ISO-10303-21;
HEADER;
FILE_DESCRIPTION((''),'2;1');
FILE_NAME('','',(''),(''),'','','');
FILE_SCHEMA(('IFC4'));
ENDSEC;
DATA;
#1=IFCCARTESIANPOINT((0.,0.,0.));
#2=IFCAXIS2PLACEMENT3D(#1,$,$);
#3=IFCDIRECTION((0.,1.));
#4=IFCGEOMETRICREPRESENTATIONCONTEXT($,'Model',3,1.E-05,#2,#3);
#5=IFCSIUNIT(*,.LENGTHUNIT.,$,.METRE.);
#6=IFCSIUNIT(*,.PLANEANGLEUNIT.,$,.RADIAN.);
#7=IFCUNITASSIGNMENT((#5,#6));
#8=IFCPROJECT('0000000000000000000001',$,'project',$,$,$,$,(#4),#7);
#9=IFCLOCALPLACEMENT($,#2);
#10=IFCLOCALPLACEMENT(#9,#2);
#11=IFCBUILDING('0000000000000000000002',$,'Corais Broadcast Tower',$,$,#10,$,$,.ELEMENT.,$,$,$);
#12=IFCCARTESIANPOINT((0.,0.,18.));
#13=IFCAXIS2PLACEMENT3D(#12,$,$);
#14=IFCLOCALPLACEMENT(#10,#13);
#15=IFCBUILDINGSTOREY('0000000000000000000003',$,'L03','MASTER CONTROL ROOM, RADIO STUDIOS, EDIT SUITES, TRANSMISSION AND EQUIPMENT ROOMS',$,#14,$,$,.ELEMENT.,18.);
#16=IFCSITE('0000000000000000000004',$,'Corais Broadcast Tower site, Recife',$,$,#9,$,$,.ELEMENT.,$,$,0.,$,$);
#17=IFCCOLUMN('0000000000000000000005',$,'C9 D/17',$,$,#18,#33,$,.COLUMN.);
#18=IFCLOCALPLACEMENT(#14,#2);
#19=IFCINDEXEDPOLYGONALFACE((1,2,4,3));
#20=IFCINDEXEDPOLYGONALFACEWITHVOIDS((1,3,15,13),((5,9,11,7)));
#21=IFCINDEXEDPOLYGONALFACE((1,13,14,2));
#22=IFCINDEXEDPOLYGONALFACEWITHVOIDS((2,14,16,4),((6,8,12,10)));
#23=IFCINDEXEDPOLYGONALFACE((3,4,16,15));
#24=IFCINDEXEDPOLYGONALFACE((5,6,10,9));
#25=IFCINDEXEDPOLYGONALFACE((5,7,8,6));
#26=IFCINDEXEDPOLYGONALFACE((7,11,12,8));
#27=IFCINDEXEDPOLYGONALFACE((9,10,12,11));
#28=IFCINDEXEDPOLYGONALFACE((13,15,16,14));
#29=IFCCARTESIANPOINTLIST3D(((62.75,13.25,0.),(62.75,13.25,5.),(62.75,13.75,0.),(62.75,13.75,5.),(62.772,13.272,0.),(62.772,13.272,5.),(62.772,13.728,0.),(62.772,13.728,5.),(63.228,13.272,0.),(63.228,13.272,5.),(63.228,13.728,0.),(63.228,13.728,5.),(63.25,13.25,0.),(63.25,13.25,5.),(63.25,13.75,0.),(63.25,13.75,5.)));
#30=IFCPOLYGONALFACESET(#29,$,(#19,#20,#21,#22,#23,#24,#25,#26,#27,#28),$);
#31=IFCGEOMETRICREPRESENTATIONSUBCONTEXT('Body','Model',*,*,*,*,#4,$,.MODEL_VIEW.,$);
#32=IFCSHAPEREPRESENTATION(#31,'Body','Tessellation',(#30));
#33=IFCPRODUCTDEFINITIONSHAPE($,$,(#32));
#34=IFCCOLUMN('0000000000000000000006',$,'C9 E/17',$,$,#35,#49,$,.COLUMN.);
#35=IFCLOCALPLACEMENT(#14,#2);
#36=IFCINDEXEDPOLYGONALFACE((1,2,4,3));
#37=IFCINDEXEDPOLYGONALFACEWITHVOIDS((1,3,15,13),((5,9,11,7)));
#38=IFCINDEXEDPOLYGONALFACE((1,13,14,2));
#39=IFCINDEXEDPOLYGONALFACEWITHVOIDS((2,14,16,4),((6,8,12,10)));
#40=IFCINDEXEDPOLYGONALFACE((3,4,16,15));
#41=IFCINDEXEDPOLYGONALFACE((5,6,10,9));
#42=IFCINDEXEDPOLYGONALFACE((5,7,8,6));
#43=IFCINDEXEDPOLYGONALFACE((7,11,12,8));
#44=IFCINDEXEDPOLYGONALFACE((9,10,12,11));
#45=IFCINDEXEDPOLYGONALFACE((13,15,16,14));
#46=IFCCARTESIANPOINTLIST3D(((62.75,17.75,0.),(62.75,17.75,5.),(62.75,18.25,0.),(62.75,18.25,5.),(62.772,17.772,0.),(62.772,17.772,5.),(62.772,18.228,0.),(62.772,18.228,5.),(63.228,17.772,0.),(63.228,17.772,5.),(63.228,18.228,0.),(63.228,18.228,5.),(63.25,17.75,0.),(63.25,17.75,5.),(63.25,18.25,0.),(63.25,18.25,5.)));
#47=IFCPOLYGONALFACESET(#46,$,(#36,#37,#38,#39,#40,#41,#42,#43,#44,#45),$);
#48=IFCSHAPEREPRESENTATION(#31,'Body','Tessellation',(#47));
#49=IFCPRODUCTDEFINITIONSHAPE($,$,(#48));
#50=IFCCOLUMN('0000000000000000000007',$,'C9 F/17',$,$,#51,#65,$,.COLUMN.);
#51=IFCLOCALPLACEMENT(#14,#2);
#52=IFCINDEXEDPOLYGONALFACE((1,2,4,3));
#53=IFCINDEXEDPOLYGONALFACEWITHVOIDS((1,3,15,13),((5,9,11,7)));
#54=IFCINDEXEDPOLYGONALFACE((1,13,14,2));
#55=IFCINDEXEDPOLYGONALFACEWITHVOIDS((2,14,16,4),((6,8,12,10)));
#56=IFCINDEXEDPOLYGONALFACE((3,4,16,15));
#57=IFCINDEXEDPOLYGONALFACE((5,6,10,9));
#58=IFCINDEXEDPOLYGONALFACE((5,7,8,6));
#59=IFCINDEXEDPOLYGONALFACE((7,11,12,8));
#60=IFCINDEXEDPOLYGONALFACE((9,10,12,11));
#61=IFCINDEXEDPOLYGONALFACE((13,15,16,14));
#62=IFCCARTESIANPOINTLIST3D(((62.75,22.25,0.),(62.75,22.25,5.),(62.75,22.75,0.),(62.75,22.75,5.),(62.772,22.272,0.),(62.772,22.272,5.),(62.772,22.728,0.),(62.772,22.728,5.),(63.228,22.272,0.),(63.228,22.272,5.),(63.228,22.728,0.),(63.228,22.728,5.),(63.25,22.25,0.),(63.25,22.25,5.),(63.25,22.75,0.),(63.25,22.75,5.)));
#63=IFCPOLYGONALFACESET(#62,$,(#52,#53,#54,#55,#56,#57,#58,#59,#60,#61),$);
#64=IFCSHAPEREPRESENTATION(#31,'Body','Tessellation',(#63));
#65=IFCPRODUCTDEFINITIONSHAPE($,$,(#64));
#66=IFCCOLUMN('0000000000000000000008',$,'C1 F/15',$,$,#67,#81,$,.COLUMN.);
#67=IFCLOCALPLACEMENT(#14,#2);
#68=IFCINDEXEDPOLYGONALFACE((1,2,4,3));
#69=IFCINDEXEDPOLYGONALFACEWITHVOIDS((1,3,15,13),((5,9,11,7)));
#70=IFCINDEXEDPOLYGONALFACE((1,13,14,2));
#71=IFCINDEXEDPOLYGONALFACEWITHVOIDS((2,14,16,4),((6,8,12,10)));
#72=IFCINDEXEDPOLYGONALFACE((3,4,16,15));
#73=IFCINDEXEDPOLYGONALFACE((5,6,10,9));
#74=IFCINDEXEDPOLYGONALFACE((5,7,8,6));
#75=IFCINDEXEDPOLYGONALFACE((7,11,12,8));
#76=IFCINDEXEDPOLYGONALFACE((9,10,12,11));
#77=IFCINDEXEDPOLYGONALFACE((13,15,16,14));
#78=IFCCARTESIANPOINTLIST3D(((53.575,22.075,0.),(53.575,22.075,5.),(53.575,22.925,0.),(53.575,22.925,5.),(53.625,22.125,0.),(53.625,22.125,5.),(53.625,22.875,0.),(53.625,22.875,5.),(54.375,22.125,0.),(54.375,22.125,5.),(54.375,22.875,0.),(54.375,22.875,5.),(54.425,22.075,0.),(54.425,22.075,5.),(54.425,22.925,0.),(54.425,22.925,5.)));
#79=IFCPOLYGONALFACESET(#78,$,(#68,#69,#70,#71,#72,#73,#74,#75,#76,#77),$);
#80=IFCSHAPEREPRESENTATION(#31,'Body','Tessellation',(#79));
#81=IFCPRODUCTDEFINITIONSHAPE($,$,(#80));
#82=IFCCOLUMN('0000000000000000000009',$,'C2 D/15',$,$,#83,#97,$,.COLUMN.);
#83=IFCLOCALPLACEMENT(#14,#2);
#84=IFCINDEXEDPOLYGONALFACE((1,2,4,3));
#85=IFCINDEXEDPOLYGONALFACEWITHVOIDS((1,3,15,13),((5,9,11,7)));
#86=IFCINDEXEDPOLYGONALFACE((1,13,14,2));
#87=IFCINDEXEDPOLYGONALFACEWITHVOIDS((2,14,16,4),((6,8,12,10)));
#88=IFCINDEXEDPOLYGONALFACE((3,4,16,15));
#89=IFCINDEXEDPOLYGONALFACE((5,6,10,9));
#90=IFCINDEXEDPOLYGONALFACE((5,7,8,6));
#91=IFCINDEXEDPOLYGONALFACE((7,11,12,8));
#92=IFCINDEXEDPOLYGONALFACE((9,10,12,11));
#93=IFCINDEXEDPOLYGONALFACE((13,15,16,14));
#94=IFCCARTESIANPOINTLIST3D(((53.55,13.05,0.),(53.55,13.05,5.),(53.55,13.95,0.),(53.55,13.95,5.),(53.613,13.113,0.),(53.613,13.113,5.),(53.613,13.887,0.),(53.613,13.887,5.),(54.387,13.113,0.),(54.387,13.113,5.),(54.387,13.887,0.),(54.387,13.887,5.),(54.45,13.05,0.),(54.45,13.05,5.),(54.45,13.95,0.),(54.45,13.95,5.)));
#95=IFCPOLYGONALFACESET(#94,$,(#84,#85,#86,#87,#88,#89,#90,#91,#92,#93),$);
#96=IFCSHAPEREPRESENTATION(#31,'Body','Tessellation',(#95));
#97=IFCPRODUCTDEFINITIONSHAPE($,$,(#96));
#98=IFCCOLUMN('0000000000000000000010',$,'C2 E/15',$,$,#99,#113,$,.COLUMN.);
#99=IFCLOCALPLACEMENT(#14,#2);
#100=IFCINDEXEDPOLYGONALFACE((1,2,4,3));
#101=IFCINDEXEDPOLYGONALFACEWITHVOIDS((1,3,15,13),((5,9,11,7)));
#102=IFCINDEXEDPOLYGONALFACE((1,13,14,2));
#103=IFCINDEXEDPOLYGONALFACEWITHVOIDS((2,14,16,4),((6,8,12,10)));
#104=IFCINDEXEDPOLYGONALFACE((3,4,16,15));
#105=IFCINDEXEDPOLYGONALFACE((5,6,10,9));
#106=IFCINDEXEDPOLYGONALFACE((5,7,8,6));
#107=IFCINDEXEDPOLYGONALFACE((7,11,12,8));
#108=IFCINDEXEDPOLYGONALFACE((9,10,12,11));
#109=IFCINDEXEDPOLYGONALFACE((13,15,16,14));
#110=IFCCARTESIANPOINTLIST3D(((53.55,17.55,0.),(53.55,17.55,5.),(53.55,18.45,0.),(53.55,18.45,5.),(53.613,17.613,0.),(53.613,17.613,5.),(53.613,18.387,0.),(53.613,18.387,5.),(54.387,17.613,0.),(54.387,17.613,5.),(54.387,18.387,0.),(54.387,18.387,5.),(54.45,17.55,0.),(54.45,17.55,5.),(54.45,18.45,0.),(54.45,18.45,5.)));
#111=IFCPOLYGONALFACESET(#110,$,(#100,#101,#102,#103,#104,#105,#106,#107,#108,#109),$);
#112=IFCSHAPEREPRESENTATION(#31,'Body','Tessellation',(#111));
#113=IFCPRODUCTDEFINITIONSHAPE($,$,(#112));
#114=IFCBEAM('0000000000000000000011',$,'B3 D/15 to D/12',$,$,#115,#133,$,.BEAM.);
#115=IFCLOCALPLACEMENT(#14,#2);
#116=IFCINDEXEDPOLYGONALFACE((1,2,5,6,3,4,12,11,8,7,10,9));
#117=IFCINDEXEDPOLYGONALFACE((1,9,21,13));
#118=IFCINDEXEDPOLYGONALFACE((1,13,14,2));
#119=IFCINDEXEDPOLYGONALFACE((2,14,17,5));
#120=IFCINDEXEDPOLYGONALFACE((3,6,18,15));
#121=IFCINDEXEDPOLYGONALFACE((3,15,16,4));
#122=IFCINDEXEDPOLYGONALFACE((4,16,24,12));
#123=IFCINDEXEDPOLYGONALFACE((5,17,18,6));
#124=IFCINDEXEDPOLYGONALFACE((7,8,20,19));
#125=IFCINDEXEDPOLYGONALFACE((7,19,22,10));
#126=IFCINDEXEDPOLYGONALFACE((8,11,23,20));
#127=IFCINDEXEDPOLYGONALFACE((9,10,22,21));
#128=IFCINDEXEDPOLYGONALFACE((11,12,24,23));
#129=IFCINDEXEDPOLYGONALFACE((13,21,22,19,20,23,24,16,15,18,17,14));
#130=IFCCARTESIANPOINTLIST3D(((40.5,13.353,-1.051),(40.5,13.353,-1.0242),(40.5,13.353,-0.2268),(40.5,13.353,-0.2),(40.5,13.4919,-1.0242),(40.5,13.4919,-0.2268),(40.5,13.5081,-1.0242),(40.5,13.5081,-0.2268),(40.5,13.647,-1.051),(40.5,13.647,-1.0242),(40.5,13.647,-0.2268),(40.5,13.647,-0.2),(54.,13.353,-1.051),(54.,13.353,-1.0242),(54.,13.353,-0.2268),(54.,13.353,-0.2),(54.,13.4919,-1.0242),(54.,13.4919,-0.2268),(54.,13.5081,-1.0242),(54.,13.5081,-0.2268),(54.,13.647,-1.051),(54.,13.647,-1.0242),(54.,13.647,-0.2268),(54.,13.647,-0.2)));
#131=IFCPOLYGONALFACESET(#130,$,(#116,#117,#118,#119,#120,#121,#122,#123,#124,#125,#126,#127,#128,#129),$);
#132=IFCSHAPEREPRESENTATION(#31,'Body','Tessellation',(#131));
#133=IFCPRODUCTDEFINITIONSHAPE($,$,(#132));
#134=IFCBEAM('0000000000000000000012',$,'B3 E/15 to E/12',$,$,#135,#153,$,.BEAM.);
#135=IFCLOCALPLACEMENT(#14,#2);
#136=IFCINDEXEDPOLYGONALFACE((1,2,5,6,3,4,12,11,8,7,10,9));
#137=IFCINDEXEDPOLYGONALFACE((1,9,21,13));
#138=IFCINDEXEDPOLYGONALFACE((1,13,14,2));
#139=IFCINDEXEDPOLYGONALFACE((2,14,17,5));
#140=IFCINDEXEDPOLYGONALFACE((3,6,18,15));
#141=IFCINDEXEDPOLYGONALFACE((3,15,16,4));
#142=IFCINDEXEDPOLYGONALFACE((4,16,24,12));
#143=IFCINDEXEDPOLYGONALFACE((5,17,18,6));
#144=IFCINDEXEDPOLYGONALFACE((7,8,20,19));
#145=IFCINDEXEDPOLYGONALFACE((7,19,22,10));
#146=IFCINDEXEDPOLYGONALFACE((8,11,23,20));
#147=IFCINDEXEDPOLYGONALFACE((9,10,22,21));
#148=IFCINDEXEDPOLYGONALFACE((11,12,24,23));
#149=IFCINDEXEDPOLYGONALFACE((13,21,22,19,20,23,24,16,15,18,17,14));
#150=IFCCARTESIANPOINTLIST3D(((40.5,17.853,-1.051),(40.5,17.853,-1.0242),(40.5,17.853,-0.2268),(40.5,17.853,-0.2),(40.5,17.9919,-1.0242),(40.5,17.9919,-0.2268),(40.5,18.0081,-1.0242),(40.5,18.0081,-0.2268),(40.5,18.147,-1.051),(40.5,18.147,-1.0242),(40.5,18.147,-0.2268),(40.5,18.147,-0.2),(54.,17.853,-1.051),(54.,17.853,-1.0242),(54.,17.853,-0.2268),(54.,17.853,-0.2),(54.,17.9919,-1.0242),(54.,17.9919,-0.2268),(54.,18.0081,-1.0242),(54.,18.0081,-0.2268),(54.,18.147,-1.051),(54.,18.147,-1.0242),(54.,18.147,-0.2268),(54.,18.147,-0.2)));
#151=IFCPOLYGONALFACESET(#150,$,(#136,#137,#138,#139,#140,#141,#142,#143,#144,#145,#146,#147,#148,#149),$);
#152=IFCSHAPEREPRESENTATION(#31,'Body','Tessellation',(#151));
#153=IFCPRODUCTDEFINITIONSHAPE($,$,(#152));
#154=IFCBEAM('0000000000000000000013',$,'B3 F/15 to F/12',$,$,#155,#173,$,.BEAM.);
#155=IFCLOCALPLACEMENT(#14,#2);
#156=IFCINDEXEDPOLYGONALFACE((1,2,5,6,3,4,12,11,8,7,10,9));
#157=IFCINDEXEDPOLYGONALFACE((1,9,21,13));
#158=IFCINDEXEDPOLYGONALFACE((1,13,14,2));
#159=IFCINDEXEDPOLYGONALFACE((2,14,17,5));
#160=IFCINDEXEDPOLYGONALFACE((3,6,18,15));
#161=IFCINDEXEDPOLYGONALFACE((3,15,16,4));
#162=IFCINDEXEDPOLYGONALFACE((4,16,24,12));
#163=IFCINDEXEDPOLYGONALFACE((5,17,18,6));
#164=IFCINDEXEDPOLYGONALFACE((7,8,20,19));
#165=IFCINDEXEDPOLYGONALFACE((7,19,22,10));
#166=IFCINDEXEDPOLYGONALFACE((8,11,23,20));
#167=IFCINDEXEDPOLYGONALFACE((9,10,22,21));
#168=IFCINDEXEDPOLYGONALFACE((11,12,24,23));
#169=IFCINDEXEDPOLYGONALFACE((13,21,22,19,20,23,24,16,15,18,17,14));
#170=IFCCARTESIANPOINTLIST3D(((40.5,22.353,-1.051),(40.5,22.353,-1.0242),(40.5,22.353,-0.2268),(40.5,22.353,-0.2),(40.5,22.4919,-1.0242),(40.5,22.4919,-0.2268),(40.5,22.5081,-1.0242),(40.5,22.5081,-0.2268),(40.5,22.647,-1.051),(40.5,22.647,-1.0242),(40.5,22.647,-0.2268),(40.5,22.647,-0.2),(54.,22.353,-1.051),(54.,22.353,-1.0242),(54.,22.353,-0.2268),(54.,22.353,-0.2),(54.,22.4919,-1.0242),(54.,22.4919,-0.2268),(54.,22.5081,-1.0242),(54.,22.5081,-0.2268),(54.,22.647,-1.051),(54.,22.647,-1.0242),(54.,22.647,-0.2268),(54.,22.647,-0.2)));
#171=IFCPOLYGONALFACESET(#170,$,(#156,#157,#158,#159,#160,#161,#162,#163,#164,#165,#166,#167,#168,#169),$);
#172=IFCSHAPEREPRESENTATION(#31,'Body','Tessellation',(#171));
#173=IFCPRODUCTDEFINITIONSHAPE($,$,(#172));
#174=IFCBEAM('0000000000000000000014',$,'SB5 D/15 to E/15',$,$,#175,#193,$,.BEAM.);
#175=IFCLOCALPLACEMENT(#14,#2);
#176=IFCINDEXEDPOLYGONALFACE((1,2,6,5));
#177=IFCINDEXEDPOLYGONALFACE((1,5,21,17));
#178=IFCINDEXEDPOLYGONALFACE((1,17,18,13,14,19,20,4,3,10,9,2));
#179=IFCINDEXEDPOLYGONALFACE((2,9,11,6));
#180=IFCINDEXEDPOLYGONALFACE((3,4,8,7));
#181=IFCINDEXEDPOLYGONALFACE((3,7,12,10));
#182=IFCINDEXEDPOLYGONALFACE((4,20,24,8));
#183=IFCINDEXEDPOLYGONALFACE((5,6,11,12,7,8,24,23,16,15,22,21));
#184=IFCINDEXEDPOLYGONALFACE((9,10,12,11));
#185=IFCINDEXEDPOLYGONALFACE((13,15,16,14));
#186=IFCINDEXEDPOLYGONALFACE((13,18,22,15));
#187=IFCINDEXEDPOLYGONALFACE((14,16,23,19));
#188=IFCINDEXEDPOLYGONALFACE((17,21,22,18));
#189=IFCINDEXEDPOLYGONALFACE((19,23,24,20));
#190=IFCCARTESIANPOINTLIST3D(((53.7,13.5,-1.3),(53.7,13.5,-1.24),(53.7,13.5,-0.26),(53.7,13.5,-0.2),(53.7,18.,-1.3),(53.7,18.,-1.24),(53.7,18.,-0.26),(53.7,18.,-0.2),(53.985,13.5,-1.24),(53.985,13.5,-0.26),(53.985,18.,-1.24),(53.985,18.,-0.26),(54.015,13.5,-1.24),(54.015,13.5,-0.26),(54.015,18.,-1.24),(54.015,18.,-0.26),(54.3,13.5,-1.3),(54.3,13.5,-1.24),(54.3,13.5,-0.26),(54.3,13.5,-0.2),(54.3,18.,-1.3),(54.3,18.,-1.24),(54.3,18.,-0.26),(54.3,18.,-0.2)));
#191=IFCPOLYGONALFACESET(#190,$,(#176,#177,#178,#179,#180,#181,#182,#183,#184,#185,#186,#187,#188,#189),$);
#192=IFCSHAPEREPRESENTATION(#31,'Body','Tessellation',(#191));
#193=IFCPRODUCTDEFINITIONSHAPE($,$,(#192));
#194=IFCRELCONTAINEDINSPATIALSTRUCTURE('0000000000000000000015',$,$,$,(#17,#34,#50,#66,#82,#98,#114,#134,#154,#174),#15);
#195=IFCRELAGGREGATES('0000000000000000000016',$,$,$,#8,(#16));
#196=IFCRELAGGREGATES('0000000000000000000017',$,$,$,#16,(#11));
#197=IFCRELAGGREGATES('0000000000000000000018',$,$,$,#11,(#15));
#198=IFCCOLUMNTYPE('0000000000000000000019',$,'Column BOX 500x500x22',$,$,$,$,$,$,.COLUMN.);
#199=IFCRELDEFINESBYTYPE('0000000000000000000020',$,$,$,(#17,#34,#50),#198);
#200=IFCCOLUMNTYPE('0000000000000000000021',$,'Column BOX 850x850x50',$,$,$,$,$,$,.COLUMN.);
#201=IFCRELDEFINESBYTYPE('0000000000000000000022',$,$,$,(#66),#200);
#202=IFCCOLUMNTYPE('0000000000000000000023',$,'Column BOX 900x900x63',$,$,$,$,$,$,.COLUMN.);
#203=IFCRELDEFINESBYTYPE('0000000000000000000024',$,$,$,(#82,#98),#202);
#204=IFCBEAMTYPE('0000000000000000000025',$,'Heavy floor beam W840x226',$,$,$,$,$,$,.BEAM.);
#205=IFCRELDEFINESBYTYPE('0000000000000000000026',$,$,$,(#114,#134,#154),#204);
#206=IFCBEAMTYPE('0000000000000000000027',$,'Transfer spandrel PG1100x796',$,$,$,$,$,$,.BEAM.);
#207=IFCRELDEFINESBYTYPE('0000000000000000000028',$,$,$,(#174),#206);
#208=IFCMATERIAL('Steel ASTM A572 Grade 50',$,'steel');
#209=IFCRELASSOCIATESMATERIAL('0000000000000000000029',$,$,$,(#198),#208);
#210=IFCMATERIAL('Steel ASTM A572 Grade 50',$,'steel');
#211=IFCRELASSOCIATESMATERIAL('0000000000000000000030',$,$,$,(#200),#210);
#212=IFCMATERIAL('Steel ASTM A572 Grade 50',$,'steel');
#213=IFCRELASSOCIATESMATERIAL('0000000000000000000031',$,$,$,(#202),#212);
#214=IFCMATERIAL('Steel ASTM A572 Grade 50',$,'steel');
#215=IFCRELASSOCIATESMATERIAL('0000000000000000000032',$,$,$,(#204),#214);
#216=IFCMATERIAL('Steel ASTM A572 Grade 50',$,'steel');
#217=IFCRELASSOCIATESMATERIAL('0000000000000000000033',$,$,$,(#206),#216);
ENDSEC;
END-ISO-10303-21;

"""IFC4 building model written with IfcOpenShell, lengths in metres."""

from ifc_helpers import new_model, si_unit, direction, frame, origin, origin_2d, place, context, subcontext, project, spatial, hollow_rectangle, i_section, extrude, material, material_profile, profile_set, type_object, element, save


model = new_model("IFC4")

# Units and contexts
model_context = context("Model", 3, precision=1e-05, world=origin(), true_north=direction((0.0, 1.0)))
body_context = subcontext(model_context, "Body", "Model", "MODEL_VIEW")
ifc_project = project(units=[si_unit("LENGTHUNIT", "METRE"), si_unit("PLANEANGLEUNIT", "RADIAN")], contexts=[model_context])

# Site, building, storey
site_placement = place(None, origin())
site = spatial("IfcSite", under=ifc_project, at=site_placement, Name="Corais Broadcast Tower site, Recife", CompositionType="ELEMENT", RefElevation=0.0)
building_placement = place(site_placement, origin())
building = spatial("IfcBuilding", under=site, at=building_placement, Name="Corais Broadcast Tower", CompositionType="ELEMENT")
storey_placement = place(building_placement, frame((0.0, 0.0, 18.0)))
storey = spatial("IfcBuildingStorey", under=building, at=storey_placement, Name="L03", Description="MASTER CONTROL ROOM, RADIO STUDIOS, EDIT SUITES, TRANSMISSION AND EQUIPMENT ROOMS", CompositionType="ELEMENT", Elevation=18.0)

# Columns
ifc_material_1 = material(Name="Steel ASTM A572 Grade 50", Category="steel")
ifc_material_profile_1 = material_profile(ifc_material_1, hollow_rectangle(XDim=0.5, YDim=0.5, WallThickness=0.022, at=origin_2d()), Name="BOX 500x500x22")
ifc_profile_set_1 = profile_set([ifc_material_profile_1], Name="Steel ASTM A572 Grade 50")
column_type_1 = type_object("IfcColumnType", Name="Column BOX 500x500x22", PredefinedType="COLUMN", material=ifc_profile_set_1)
for number, where, z_axis, x_axis, name in (
    (1, (63.0, 13.5, 0.0), (0.0, 0.0, 1.0), (1.0, 0.0, 0.0), "C9 D/17"),
    (2, (63.0, 18.0, 0.0), (0.0, 0.0, 1.0), (1.0, 0.0, 0.0), "C9 E/17"),
    (3, (63.0, 22.5, 0.0), (0.0, 0.0, 1.0), (1.0, 0.0, 0.0), "C9 F/17"),
):
    element("IfcColumn", number, at=place(storey_placement, frame(where, z_axis=z_axis, x_axis=x_axis)), inside=storey, type_object=column_type_1, Name=name, PredefinedType="COLUMN", context=body_context, shape_type="SweptSolid", body=[
        extrude(hollow_rectangle(XDim=0.5, YDim=0.5, WallThickness=0.022, at=origin_2d()), origin(), (0.0, 0.0, 1.0), 5.0),
    ])
ifc_material_2 = material(Name="Steel ASTM A572 Grade 50", Category="steel")
ifc_material_profile_2 = material_profile(ifc_material_2, hollow_rectangle(XDim=0.8501, YDim=0.8501, WallThickness=0.05, at=origin_2d()), Name="BOX 850x850x50")
ifc_profile_set_2 = profile_set([ifc_material_profile_2], Name="Steel ASTM A572 Grade 50")
column_type_2 = type_object("IfcColumnType", Name="Column BOX 850x850x50", PredefinedType="COLUMN", material=ifc_profile_set_2)
column_placement = place(storey_placement, frame((54.0, 22.5, 0.0), z_axis=(0.0, 0.0, 1.0), x_axis=(1.0, 0.0, 0.0)))
element("IfcColumn", 4, at=column_placement, inside=storey, type_object=column_type_2, Name="C1 F/15", PredefinedType="COLUMN", context=body_context, shape_type="SweptSolid", body=[
    extrude(hollow_rectangle(XDim=0.8501, YDim=0.8501, WallThickness=0.05, at=origin_2d()), origin(), (0.0, 0.0, 1.0), 5.0),
])
ifc_material_3 = material(Name="Steel ASTM A572 Grade 50", Category="steel")
ifc_material_profile_3 = material_profile(ifc_material_3, hollow_rectangle(XDim=0.8999, YDim=0.8999, WallThickness=0.063, at=origin_2d()), Name="BOX 900x900x63")
ifc_profile_set_3 = profile_set([ifc_material_profile_3], Name="Steel ASTM A572 Grade 50")
column_type_3 = type_object("IfcColumnType", Name="Column BOX 900x900x63", PredefinedType="COLUMN", material=ifc_profile_set_3)
for number, where, z_axis, x_axis, name in (
    (5, (54.0, 13.5, 0.0), (0.0, 0.0, 1.0), (1.0, 0.0, 0.0), "C2 D/15"),
    (6, (54.0, 18.0, 0.0), (0.0, 0.0, 1.0), (1.0, 0.0, 0.0), "C2 E/15"),
):
    element("IfcColumn", number, at=place(storey_placement, frame(where, z_axis=z_axis, x_axis=x_axis)), inside=storey, type_object=column_type_3, Name=name, PredefinedType="COLUMN", context=body_context, shape_type="SweptSolid", body=[
        extrude(hollow_rectangle(XDim=0.8999, YDim=0.8999, WallThickness=0.063, at=origin_2d()), origin(), (0.0, 0.0, 1.0), 5.0),
    ])

# Beams
ifc_material_4 = material(Name="Steel ASTM A572 Grade 50", Category="steel")
ifc_material_profile_4 = material_profile(ifc_material_4, i_section(OverallWidth=0.2939, OverallDepth=0.8511, WebThickness=0.0161, FlangeThickness=0.0269, at=origin_2d()), Name="W840x226")
ifc_profile_set_4 = profile_set([ifc_material_profile_4], Name="Steel ASTM A572 Grade 50")
beam_type_1 = type_object("IfcBeamType", Name="Heavy floor beam W840x226", PredefinedType="BEAM", material=ifc_profile_set_4)
for number, where, z_axis, x_axis, name in (
    (7, (54.0, 13.5, -0.6255), (-1.0, 0.0, 0.0), (0.0, -1.0, 0.0), "B3 D/15 to D/12"),
    (8, (54.0, 18.0, -0.6255), (-1.0, 0.0, 0.0), (0.0, -1.0, 0.0), "B3 E/15 to E/12"),
    (9, (54.0, 22.5, -0.6255), (-1.0, 0.0, 0.0), (0.0, -1.0, 0.0), "B3 F/15 to F/12"),
):
    element("IfcBeam", number, at=place(storey_placement, frame(where, z_axis=z_axis, x_axis=x_axis)), inside=storey, type_object=beam_type_1, Name=name, PredefinedType="BEAM", context=body_context, shape_type="SweptSolid", body=[
        extrude(i_section(OverallWidth=0.2939, OverallDepth=0.8511, WebThickness=0.0161, FlangeThickness=0.0269, at=origin_2d()), origin(), (0.0, 0.0, 1.0), 13.5),
    ])
ifc_material_5 = material(Name="Steel ASTM A572 Grade 50", Category="steel")
ifc_material_profile_5 = material_profile(ifc_material_5, i_section(OverallWidth=0.6001, OverallDepth=1.1001, WebThickness=0.03, FlangeThickness=0.0601, at=origin_2d()), Name="PG1100x796")
ifc_profile_set_5 = profile_set([ifc_material_profile_5], Name="Steel ASTM A572 Grade 50")
beam_type_2 = type_object("IfcBeamType", Name="Transfer spandrel PG1100x796", PredefinedType="BEAM", material=ifc_profile_set_5)
for number, where, z_axis, x_axis, name in (
    (10, (54.0, 13.5, -0.75), (0.0, 1.0, 0.0), (-1.0, 0.0, 0.0), "SB5 D/15 to E/15"),
):
    element("IfcBeam", number, at=place(storey_placement, frame(where, z_axis=z_axis, x_axis=x_axis)), inside=storey, type_object=beam_type_2, Name=name, PredefinedType="BEAM", context=body_context, shape_type="SweptSolid", body=[
        extrude(i_section(OverallWidth=0.6001, OverallDepth=1.1001, WebThickness=0.03, FlangeThickness=0.0601, at=origin_2d()), origin(), (0.0, 0.0, 1.0), 4.5),
    ])

save(model, "model.ifc")
